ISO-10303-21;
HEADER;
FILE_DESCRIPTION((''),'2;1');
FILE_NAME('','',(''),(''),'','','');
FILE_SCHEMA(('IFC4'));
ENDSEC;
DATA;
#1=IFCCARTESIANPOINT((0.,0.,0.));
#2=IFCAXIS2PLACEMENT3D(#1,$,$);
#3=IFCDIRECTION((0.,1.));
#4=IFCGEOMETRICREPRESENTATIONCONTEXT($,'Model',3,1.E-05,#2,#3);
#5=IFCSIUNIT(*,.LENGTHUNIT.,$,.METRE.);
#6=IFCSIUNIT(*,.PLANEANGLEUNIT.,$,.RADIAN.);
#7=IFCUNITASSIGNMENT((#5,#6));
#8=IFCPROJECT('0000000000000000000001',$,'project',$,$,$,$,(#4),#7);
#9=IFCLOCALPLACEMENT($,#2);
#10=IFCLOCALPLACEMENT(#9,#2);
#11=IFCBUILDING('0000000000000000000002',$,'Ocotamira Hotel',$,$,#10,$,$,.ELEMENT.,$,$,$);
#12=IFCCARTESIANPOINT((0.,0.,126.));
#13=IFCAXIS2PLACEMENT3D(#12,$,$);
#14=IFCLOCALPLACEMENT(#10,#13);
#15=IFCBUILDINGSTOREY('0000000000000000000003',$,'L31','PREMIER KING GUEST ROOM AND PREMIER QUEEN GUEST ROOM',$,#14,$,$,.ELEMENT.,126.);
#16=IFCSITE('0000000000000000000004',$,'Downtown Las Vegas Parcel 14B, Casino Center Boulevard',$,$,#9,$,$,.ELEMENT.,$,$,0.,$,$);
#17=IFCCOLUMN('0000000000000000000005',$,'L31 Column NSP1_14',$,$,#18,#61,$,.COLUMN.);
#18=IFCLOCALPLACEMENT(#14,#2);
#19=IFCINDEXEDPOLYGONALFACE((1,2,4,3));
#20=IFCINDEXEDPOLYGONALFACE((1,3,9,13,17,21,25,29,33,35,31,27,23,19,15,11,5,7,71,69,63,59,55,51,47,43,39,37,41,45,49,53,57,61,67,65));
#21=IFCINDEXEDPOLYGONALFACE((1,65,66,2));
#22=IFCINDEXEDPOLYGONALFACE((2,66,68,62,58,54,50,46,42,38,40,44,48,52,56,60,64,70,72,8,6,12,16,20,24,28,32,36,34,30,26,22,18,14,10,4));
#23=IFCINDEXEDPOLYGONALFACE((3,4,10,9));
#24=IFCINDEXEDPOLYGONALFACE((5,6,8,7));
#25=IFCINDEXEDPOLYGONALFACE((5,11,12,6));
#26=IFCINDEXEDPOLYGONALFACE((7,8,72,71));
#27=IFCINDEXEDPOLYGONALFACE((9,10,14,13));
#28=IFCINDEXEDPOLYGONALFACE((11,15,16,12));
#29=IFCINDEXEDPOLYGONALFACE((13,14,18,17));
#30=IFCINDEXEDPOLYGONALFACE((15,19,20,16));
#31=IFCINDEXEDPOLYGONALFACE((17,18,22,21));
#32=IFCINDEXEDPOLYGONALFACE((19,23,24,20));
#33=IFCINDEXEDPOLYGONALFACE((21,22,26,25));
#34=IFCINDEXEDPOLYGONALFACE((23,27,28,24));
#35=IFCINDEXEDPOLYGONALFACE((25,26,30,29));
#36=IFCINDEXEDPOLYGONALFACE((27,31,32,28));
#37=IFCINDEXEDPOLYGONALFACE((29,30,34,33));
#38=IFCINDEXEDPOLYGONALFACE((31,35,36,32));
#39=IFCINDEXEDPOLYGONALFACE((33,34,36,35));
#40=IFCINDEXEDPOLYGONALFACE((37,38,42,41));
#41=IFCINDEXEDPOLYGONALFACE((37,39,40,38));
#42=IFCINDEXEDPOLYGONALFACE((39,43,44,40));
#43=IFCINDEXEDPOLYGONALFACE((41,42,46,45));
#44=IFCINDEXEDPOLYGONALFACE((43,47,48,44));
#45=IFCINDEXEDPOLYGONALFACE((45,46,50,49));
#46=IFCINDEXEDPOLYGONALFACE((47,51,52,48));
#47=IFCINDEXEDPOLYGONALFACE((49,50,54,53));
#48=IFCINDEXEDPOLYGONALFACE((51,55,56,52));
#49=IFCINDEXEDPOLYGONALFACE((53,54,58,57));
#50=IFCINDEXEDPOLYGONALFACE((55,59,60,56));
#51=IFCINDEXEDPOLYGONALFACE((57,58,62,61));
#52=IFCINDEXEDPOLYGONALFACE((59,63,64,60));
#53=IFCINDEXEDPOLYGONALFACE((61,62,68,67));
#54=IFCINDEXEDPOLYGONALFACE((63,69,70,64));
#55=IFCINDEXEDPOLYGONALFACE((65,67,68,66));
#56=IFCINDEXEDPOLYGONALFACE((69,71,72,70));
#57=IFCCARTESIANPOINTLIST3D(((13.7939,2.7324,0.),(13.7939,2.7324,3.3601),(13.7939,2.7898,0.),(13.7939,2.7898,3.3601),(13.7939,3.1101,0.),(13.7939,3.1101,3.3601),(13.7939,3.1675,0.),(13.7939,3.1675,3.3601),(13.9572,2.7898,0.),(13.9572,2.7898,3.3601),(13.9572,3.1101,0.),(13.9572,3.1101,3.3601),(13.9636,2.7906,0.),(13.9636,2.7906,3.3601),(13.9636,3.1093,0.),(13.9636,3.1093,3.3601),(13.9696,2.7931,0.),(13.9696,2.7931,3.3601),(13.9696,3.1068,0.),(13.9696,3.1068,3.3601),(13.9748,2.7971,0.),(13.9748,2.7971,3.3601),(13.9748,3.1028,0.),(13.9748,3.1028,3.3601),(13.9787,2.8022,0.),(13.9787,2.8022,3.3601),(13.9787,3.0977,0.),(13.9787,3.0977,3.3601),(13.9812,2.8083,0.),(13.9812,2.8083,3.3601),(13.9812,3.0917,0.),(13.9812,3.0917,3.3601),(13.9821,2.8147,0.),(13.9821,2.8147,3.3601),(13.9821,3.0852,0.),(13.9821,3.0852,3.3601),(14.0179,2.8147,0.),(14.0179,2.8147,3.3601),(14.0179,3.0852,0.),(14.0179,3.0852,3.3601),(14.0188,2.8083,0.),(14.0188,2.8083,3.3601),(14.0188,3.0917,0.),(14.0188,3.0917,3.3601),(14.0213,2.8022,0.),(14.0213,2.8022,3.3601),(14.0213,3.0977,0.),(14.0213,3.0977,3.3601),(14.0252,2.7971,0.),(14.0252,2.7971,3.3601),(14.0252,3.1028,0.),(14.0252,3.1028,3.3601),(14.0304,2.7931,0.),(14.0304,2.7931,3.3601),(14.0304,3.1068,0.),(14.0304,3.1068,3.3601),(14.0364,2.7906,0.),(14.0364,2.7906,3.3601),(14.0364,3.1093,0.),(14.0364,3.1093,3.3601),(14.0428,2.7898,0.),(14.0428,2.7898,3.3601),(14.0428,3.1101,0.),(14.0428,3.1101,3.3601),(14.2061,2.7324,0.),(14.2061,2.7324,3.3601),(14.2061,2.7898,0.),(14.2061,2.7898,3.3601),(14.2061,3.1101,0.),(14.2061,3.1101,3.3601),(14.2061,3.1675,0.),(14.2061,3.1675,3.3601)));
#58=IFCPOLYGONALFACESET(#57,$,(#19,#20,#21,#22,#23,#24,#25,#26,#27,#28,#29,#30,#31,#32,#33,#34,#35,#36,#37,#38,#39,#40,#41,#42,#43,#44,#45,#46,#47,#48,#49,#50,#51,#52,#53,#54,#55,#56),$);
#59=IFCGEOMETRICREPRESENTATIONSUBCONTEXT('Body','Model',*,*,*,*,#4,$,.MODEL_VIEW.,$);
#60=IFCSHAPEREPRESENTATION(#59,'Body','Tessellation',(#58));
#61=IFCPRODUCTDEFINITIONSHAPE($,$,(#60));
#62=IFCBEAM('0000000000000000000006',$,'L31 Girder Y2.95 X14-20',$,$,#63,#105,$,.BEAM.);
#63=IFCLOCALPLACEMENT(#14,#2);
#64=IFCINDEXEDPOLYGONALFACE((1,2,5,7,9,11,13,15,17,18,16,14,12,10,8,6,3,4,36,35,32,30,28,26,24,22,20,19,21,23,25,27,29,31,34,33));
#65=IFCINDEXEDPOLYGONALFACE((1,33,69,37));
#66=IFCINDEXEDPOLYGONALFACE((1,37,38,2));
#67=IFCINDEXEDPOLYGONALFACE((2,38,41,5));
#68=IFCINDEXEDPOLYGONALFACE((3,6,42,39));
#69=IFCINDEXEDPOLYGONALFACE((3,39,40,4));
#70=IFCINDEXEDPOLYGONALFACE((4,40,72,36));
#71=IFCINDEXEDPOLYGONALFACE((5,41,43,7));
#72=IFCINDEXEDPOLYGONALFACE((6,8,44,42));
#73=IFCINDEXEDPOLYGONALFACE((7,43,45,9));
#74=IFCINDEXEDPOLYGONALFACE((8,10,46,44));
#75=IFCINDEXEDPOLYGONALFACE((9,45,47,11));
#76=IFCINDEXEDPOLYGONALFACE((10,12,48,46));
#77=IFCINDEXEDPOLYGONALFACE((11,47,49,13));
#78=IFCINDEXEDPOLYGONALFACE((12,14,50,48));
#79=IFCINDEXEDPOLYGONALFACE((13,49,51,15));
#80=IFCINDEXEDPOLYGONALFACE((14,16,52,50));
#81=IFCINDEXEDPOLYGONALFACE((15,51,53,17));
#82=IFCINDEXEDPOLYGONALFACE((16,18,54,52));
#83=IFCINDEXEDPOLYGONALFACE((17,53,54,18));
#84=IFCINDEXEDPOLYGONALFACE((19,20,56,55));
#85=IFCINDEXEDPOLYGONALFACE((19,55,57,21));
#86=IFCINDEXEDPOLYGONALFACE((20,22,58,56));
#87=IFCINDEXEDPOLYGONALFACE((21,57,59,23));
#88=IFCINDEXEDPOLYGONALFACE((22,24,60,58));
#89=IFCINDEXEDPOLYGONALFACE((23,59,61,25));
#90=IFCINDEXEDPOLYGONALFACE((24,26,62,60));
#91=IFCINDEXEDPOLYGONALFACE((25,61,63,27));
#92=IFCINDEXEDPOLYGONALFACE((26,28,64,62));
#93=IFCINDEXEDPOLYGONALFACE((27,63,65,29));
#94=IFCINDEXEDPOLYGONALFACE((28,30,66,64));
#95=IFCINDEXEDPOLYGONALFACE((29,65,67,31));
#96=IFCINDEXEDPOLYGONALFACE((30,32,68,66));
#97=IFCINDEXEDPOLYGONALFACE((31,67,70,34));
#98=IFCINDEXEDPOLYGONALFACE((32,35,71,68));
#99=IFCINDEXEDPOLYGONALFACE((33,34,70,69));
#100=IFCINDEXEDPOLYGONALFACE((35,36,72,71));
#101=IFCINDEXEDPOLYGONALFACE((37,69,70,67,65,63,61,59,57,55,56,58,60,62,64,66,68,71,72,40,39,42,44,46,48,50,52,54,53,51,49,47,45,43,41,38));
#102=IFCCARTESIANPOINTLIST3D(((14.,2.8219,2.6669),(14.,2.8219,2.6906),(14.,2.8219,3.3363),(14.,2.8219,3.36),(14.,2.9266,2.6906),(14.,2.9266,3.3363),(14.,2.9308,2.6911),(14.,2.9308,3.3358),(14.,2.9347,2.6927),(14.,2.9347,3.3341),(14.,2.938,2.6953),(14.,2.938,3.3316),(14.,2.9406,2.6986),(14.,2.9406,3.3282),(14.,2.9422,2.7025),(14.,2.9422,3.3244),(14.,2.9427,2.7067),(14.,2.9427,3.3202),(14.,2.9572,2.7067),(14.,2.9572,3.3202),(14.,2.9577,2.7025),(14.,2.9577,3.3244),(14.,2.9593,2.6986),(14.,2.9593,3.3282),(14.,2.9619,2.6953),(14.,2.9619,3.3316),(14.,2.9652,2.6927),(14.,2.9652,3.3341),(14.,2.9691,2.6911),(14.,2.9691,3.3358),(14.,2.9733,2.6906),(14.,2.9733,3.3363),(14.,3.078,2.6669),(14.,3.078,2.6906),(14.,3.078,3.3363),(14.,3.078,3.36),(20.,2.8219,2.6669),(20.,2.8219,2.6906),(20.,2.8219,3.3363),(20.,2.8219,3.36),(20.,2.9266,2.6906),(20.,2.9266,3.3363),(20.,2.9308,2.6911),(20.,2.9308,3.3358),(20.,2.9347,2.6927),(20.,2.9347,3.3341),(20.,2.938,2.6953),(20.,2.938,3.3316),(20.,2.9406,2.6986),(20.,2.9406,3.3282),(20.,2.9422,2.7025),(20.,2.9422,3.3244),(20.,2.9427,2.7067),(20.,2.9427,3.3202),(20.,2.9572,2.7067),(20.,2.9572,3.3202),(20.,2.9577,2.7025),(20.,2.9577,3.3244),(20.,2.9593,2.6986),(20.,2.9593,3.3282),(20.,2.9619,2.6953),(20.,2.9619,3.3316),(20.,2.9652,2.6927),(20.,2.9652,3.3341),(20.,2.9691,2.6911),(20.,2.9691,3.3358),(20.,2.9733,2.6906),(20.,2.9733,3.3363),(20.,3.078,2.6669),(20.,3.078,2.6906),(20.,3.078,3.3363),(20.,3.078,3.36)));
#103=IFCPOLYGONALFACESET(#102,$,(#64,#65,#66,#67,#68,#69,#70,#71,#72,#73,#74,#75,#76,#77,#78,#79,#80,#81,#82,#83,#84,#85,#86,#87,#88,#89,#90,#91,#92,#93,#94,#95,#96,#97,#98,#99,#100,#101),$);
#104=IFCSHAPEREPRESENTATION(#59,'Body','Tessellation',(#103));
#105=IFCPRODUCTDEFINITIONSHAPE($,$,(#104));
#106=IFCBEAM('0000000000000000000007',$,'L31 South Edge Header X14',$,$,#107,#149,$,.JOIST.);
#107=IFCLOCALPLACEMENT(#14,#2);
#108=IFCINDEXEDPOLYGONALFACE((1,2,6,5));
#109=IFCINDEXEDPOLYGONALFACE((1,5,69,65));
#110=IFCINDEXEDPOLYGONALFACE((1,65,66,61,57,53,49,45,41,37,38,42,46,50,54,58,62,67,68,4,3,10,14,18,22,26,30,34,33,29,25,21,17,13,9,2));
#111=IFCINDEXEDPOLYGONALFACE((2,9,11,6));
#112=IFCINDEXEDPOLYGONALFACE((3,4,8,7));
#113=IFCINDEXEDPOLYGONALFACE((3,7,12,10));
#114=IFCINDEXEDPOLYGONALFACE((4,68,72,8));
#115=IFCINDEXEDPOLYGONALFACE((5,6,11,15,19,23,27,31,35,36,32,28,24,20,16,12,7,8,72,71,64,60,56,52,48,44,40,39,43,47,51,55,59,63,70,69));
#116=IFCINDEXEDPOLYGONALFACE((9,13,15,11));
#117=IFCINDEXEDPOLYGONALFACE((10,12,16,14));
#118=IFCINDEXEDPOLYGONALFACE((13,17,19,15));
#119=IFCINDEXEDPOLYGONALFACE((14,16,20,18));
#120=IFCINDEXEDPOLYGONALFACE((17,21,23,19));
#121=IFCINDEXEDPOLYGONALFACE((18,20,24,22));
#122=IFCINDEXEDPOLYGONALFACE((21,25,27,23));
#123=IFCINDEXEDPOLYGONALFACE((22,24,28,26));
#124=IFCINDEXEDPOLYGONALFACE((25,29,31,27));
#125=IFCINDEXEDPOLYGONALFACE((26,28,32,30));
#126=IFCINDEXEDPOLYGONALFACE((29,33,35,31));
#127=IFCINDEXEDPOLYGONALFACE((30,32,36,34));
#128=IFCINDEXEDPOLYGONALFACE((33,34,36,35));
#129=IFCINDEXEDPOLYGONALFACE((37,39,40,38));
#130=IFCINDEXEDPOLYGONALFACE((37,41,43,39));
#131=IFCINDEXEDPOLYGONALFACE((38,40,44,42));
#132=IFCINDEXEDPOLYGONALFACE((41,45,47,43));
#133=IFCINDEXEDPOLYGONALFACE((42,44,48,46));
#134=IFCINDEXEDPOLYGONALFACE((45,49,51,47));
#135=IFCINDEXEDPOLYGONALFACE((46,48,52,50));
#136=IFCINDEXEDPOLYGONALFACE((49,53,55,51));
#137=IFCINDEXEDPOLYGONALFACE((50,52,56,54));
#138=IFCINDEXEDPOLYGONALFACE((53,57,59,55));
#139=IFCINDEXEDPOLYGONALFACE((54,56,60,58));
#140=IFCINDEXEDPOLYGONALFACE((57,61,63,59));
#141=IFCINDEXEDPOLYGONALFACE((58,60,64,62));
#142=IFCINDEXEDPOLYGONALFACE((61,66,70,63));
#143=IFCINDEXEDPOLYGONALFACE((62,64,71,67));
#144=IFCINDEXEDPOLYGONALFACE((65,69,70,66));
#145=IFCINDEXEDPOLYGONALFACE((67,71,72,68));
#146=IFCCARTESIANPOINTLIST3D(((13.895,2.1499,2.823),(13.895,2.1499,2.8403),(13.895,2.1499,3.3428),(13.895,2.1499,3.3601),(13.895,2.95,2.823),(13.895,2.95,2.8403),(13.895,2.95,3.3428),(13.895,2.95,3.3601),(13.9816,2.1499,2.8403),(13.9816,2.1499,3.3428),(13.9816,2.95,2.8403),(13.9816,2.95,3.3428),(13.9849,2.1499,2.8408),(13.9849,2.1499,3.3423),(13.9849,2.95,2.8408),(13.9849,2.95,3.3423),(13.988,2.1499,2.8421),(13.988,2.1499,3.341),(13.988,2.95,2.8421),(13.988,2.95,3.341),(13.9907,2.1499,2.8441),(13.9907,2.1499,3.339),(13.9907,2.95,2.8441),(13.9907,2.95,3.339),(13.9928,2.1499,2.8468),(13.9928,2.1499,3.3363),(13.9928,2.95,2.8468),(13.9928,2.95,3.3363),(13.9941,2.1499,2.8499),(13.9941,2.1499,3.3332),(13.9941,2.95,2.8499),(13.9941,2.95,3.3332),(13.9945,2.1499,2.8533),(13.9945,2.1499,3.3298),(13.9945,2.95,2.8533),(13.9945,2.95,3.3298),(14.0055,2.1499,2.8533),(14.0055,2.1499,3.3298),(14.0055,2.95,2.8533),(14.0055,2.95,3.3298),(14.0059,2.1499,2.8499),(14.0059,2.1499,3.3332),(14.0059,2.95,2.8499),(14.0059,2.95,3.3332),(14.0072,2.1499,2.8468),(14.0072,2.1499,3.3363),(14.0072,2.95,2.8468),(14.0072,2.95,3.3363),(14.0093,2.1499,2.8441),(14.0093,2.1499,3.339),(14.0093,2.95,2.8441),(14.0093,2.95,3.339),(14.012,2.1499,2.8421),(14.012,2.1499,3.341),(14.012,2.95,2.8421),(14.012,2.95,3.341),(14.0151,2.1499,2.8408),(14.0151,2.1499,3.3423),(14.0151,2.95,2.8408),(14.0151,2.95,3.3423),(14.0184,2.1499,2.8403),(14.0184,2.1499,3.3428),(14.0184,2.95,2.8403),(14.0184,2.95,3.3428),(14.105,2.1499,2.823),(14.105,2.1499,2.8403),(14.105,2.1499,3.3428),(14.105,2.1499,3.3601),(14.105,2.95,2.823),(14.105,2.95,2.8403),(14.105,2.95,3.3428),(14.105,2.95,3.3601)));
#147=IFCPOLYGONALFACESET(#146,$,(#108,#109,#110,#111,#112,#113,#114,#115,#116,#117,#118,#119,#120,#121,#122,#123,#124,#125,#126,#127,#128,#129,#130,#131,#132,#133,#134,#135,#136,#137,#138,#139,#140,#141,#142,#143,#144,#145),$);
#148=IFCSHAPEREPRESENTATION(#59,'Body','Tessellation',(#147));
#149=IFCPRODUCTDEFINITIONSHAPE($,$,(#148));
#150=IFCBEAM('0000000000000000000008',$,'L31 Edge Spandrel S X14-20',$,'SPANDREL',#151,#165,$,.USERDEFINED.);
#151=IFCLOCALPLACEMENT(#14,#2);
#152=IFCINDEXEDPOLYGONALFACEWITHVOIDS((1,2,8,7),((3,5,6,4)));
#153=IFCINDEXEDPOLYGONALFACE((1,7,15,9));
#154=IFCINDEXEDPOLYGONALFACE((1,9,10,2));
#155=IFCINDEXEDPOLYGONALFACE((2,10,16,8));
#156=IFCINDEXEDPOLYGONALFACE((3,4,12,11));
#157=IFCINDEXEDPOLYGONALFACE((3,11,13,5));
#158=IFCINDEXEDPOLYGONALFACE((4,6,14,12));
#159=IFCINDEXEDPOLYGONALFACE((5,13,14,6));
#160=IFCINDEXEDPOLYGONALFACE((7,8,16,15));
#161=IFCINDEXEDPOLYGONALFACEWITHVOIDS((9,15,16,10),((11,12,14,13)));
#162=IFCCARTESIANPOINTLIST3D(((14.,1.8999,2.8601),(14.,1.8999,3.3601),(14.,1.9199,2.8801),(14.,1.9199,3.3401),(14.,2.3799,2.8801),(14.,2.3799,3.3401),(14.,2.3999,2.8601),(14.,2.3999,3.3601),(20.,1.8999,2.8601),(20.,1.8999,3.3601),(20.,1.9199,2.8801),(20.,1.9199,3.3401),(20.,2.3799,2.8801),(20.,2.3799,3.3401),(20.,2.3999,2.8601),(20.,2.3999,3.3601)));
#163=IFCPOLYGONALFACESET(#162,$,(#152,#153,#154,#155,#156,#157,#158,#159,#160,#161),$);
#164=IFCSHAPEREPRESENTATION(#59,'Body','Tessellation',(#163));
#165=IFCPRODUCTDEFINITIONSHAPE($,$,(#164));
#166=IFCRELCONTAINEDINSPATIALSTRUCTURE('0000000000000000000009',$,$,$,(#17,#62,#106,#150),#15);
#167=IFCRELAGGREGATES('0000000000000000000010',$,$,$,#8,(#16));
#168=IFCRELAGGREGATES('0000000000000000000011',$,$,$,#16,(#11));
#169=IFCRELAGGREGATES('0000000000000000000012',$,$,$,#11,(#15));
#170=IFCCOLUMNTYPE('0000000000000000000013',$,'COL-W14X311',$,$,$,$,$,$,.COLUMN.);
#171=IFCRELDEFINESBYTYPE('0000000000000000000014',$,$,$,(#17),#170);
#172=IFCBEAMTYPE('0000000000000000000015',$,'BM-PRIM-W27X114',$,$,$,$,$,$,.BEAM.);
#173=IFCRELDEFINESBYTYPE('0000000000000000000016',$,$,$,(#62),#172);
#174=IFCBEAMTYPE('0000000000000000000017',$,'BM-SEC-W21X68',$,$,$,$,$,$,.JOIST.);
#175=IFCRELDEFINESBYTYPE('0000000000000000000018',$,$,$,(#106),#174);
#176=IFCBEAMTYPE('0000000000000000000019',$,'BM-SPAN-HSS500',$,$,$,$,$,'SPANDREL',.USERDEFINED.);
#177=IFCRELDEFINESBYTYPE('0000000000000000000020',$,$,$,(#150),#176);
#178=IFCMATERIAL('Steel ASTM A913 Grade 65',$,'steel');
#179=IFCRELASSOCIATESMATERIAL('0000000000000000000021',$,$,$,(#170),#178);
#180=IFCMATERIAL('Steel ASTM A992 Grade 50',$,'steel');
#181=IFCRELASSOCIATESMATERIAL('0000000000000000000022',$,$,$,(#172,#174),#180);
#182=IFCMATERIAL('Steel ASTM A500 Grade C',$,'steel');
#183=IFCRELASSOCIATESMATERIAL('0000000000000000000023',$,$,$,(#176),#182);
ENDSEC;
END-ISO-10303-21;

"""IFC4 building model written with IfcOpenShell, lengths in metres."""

from ifc_helpers import new_model, si_unit, direction, frame, origin, origin_2d, place, context, subcontext, project, spatial, hollow_rectangle, i_section, extrude, source, transform, mapped, material, material_profile, profile_set, type_object, element, save


model = new_model("IFC4")

# Units and contexts
model_context = context("Model", 3, precision=1e-05, world=origin(), true_north=direction((0.0, 1.0)))
body_context = subcontext(model_context, "Body", "Model", "MODEL_VIEW")
ifc_project = project(units=[si_unit("LENGTHUNIT", "METRE"), si_unit("PLANEANGLEUNIT", "RADIAN")], contexts=[model_context])

# Site, building, storey
site_placement = place(None, origin())
site = spatial("IfcSite", under=ifc_project, at=site_placement, Name="Downtown Las Vegas Parcel 14B, Casino Center Boulevard", CompositionType="ELEMENT", RefElevation=0.0)
building_placement = place(site_placement, origin())
building = spatial("IfcBuilding", under=site, at=building_placement, Name="Ocotamira Hotel", CompositionType="ELEMENT")
storey_placement = place(building_placement, frame((0.0, 0.0, 126.0)))
storey = spatial("IfcBuildingStorey", under=building, at=storey_placement, Name="L31", Description="PREMIER KING GUEST ROOM AND PREMIER QUEEN GUEST ROOM", CompositionType="ELEMENT", Elevation=126.0)

# Column
ifc_material_1 = material(Name="Steel ASTM A913 Grade 65", Category="steel")
ifc_material_profile_1 = material_profile(ifc_material_1, i_section(OverallWidth=0.4121, OverallDepth=0.4351, WebThickness=0.0359, FlangeThickness=0.0574, FilletRadius=0.0249, at=origin_2d()), Name="W14X311")
ifc_profile_set_1 = profile_set([ifc_material_profile_1], Name="Steel ASTM A913 Grade 65")
column_type = type_object("IfcColumnType", Name="COL-W14X311", PredefinedType="COLUMN", material=ifc_profile_set_1)
shared_shape_1 = source(origin(), body_context, "Body", "SweptSolid", [
    extrude(i_section(OverallWidth=0.4121, OverallDepth=0.4351, WebThickness=0.0359, FlangeThickness=0.0574, FilletRadius=0.0249, at=origin_2d()), origin(), (0.0, 0.0, 1.0), 3.3601),
])
column_placement = place(storey_placement, frame((14.0, 2.95, 0.0), z_axis=(0.0, 0.0, 1.0), x_axis=(1.0, 0.0, 0.0)))
element("IfcColumn", 1, at=column_placement, inside=storey, type_object=column_type, Name="L31 Column NSP1_14", PredefinedType="COLUMN", context=body_context, shape_type="MappedRepresentation", body=[
    mapped(shared_shape_1, transform((0.0, 0.0, 0.0), scale=1.0)),
])

# Beams
ifc_material_2 = material(Name="Steel ASTM A992 Grade 50", Category="steel")
ifc_material_profile_2 = material_profile(ifc_material_2, i_section(OverallWidth=0.2561, OverallDepth=0.6931, WebThickness=0.0144, FlangeThickness=0.0237, FilletRadius=0.0161, at=origin_2d()), Name="W27X114")
ifc_profile_set_2 = profile_set([ifc_material_profile_2], Name="Steel ASTM A992 Grade 50")
beam_type_1 = type_object("IfcBeamType", Name="BM-PRIM-W27X114", PredefinedType="BEAM", material=ifc_profile_set_2)
shared_shape_2 = source(origin(), body_context, "Body", "SweptSolid", [
    extrude(i_section(OverallWidth=0.2561, OverallDepth=0.6931, WebThickness=0.0144, FlangeThickness=0.0237, FilletRadius=0.0161, at=origin_2d()), origin(), (0.0, 0.0, 1.0), 6.0),
])
beam_1_placement = place(storey_placement, frame((14.0, 2.95, 3.0134), z_axis=(1.0, 0.0, 0.0), x_axis=(0.0, 1.0, 0.0)))
element("IfcBeam", 2, at=beam_1_placement, inside=storey, type_object=beam_type_1, Name="L31 Girder Y2.95 X14-20", PredefinedType="BEAM", context=body_context, shape_type="MappedRepresentation", body=[
    mapped(shared_shape_2, transform((0.0, 0.0, 0.0), scale=1.0)),
])
ifc_material_profile_3 = material_profile(ifc_material_2, i_section(OverallWidth=0.21, OverallDepth=0.5371, WebThickness=0.011, FlangeThickness=0.0173, FilletRadius=0.0129, at=origin_2d()), Name="W21X68")
ifc_profile_set_3 = profile_set([ifc_material_profile_3], Name="Steel ASTM A992 Grade 50")
beam_type_2 = type_object("IfcBeamType", Name="BM-SEC-W21X68", PredefinedType="JOIST", material=ifc_profile_set_3)
shared_shape_3 = source(origin(), body_context, "Body", "SweptSolid", [
    extrude(i_section(OverallWidth=0.21, OverallDepth=0.5371, WebThickness=0.011, FlangeThickness=0.0173, FilletRadius=0.0129, at=origin_2d()), origin(), (0.0, 0.0, 1.0), 0.8),
])
beam_2_placement = place(storey_placement, frame((14.0, 2.95, 3.0916), z_axis=(0.0, -1.0, 0.0), x_axis=(1.0, 0.0, 0.0)))
element("IfcBeam", 3, at=beam_2_placement, inside=storey, type_object=beam_type_2, Name="L31 South Edge Header X14", PredefinedType="JOIST", context=body_context, shape_type="MappedRepresentation", body=[
    mapped(shared_shape_3, transform((0.0, 0.0, 0.0), scale=1.0)),
])
ifc_material_3 = material(Name="Steel ASTM A500 Grade C", Category="steel")
ifc_material_profile_4 = material_profile(ifc_material_3, hollow_rectangle(XDim=0.5, YDim=0.5, WallThickness=0.02, at=origin_2d()), Name="HSS500X500X20")
ifc_profile_set_4 = profile_set([ifc_material_profile_4], Name="Steel ASTM A500 Grade C")
beam_type_3 = type_object("IfcBeamType", Name="BM-SPAN-HSS500", ElementType="SPANDREL", PredefinedType="USERDEFINED", material=ifc_profile_set_4)
shared_shape_4 = source(origin(), body_context, "Body", "SweptSolid", [
    extrude(hollow_rectangle(XDim=0.5, YDim=0.5, WallThickness=0.02, at=origin_2d()), origin(), (0.0, 0.0, 1.0), 6.0),
])
beam_3_placement = place(storey_placement, frame((14.0, 2.1499, 3.1101), z_axis=(1.0, 0.0, 0.0), x_axis=(0.0, 1.0, 0.0)))
element("IfcBeam", 4, at=beam_3_placement, inside=storey, type_object=beam_type_3, Name="L31 Edge Spandrel S X14-20", ObjectType="SPANDREL", PredefinedType="USERDEFINED", context=body_context, shape_type="MappedRepresentation", body=[
    mapped(shared_shape_4, transform((0.0, 0.0, 0.0), scale=1.0)),
])

save(model, "model.ifc")
